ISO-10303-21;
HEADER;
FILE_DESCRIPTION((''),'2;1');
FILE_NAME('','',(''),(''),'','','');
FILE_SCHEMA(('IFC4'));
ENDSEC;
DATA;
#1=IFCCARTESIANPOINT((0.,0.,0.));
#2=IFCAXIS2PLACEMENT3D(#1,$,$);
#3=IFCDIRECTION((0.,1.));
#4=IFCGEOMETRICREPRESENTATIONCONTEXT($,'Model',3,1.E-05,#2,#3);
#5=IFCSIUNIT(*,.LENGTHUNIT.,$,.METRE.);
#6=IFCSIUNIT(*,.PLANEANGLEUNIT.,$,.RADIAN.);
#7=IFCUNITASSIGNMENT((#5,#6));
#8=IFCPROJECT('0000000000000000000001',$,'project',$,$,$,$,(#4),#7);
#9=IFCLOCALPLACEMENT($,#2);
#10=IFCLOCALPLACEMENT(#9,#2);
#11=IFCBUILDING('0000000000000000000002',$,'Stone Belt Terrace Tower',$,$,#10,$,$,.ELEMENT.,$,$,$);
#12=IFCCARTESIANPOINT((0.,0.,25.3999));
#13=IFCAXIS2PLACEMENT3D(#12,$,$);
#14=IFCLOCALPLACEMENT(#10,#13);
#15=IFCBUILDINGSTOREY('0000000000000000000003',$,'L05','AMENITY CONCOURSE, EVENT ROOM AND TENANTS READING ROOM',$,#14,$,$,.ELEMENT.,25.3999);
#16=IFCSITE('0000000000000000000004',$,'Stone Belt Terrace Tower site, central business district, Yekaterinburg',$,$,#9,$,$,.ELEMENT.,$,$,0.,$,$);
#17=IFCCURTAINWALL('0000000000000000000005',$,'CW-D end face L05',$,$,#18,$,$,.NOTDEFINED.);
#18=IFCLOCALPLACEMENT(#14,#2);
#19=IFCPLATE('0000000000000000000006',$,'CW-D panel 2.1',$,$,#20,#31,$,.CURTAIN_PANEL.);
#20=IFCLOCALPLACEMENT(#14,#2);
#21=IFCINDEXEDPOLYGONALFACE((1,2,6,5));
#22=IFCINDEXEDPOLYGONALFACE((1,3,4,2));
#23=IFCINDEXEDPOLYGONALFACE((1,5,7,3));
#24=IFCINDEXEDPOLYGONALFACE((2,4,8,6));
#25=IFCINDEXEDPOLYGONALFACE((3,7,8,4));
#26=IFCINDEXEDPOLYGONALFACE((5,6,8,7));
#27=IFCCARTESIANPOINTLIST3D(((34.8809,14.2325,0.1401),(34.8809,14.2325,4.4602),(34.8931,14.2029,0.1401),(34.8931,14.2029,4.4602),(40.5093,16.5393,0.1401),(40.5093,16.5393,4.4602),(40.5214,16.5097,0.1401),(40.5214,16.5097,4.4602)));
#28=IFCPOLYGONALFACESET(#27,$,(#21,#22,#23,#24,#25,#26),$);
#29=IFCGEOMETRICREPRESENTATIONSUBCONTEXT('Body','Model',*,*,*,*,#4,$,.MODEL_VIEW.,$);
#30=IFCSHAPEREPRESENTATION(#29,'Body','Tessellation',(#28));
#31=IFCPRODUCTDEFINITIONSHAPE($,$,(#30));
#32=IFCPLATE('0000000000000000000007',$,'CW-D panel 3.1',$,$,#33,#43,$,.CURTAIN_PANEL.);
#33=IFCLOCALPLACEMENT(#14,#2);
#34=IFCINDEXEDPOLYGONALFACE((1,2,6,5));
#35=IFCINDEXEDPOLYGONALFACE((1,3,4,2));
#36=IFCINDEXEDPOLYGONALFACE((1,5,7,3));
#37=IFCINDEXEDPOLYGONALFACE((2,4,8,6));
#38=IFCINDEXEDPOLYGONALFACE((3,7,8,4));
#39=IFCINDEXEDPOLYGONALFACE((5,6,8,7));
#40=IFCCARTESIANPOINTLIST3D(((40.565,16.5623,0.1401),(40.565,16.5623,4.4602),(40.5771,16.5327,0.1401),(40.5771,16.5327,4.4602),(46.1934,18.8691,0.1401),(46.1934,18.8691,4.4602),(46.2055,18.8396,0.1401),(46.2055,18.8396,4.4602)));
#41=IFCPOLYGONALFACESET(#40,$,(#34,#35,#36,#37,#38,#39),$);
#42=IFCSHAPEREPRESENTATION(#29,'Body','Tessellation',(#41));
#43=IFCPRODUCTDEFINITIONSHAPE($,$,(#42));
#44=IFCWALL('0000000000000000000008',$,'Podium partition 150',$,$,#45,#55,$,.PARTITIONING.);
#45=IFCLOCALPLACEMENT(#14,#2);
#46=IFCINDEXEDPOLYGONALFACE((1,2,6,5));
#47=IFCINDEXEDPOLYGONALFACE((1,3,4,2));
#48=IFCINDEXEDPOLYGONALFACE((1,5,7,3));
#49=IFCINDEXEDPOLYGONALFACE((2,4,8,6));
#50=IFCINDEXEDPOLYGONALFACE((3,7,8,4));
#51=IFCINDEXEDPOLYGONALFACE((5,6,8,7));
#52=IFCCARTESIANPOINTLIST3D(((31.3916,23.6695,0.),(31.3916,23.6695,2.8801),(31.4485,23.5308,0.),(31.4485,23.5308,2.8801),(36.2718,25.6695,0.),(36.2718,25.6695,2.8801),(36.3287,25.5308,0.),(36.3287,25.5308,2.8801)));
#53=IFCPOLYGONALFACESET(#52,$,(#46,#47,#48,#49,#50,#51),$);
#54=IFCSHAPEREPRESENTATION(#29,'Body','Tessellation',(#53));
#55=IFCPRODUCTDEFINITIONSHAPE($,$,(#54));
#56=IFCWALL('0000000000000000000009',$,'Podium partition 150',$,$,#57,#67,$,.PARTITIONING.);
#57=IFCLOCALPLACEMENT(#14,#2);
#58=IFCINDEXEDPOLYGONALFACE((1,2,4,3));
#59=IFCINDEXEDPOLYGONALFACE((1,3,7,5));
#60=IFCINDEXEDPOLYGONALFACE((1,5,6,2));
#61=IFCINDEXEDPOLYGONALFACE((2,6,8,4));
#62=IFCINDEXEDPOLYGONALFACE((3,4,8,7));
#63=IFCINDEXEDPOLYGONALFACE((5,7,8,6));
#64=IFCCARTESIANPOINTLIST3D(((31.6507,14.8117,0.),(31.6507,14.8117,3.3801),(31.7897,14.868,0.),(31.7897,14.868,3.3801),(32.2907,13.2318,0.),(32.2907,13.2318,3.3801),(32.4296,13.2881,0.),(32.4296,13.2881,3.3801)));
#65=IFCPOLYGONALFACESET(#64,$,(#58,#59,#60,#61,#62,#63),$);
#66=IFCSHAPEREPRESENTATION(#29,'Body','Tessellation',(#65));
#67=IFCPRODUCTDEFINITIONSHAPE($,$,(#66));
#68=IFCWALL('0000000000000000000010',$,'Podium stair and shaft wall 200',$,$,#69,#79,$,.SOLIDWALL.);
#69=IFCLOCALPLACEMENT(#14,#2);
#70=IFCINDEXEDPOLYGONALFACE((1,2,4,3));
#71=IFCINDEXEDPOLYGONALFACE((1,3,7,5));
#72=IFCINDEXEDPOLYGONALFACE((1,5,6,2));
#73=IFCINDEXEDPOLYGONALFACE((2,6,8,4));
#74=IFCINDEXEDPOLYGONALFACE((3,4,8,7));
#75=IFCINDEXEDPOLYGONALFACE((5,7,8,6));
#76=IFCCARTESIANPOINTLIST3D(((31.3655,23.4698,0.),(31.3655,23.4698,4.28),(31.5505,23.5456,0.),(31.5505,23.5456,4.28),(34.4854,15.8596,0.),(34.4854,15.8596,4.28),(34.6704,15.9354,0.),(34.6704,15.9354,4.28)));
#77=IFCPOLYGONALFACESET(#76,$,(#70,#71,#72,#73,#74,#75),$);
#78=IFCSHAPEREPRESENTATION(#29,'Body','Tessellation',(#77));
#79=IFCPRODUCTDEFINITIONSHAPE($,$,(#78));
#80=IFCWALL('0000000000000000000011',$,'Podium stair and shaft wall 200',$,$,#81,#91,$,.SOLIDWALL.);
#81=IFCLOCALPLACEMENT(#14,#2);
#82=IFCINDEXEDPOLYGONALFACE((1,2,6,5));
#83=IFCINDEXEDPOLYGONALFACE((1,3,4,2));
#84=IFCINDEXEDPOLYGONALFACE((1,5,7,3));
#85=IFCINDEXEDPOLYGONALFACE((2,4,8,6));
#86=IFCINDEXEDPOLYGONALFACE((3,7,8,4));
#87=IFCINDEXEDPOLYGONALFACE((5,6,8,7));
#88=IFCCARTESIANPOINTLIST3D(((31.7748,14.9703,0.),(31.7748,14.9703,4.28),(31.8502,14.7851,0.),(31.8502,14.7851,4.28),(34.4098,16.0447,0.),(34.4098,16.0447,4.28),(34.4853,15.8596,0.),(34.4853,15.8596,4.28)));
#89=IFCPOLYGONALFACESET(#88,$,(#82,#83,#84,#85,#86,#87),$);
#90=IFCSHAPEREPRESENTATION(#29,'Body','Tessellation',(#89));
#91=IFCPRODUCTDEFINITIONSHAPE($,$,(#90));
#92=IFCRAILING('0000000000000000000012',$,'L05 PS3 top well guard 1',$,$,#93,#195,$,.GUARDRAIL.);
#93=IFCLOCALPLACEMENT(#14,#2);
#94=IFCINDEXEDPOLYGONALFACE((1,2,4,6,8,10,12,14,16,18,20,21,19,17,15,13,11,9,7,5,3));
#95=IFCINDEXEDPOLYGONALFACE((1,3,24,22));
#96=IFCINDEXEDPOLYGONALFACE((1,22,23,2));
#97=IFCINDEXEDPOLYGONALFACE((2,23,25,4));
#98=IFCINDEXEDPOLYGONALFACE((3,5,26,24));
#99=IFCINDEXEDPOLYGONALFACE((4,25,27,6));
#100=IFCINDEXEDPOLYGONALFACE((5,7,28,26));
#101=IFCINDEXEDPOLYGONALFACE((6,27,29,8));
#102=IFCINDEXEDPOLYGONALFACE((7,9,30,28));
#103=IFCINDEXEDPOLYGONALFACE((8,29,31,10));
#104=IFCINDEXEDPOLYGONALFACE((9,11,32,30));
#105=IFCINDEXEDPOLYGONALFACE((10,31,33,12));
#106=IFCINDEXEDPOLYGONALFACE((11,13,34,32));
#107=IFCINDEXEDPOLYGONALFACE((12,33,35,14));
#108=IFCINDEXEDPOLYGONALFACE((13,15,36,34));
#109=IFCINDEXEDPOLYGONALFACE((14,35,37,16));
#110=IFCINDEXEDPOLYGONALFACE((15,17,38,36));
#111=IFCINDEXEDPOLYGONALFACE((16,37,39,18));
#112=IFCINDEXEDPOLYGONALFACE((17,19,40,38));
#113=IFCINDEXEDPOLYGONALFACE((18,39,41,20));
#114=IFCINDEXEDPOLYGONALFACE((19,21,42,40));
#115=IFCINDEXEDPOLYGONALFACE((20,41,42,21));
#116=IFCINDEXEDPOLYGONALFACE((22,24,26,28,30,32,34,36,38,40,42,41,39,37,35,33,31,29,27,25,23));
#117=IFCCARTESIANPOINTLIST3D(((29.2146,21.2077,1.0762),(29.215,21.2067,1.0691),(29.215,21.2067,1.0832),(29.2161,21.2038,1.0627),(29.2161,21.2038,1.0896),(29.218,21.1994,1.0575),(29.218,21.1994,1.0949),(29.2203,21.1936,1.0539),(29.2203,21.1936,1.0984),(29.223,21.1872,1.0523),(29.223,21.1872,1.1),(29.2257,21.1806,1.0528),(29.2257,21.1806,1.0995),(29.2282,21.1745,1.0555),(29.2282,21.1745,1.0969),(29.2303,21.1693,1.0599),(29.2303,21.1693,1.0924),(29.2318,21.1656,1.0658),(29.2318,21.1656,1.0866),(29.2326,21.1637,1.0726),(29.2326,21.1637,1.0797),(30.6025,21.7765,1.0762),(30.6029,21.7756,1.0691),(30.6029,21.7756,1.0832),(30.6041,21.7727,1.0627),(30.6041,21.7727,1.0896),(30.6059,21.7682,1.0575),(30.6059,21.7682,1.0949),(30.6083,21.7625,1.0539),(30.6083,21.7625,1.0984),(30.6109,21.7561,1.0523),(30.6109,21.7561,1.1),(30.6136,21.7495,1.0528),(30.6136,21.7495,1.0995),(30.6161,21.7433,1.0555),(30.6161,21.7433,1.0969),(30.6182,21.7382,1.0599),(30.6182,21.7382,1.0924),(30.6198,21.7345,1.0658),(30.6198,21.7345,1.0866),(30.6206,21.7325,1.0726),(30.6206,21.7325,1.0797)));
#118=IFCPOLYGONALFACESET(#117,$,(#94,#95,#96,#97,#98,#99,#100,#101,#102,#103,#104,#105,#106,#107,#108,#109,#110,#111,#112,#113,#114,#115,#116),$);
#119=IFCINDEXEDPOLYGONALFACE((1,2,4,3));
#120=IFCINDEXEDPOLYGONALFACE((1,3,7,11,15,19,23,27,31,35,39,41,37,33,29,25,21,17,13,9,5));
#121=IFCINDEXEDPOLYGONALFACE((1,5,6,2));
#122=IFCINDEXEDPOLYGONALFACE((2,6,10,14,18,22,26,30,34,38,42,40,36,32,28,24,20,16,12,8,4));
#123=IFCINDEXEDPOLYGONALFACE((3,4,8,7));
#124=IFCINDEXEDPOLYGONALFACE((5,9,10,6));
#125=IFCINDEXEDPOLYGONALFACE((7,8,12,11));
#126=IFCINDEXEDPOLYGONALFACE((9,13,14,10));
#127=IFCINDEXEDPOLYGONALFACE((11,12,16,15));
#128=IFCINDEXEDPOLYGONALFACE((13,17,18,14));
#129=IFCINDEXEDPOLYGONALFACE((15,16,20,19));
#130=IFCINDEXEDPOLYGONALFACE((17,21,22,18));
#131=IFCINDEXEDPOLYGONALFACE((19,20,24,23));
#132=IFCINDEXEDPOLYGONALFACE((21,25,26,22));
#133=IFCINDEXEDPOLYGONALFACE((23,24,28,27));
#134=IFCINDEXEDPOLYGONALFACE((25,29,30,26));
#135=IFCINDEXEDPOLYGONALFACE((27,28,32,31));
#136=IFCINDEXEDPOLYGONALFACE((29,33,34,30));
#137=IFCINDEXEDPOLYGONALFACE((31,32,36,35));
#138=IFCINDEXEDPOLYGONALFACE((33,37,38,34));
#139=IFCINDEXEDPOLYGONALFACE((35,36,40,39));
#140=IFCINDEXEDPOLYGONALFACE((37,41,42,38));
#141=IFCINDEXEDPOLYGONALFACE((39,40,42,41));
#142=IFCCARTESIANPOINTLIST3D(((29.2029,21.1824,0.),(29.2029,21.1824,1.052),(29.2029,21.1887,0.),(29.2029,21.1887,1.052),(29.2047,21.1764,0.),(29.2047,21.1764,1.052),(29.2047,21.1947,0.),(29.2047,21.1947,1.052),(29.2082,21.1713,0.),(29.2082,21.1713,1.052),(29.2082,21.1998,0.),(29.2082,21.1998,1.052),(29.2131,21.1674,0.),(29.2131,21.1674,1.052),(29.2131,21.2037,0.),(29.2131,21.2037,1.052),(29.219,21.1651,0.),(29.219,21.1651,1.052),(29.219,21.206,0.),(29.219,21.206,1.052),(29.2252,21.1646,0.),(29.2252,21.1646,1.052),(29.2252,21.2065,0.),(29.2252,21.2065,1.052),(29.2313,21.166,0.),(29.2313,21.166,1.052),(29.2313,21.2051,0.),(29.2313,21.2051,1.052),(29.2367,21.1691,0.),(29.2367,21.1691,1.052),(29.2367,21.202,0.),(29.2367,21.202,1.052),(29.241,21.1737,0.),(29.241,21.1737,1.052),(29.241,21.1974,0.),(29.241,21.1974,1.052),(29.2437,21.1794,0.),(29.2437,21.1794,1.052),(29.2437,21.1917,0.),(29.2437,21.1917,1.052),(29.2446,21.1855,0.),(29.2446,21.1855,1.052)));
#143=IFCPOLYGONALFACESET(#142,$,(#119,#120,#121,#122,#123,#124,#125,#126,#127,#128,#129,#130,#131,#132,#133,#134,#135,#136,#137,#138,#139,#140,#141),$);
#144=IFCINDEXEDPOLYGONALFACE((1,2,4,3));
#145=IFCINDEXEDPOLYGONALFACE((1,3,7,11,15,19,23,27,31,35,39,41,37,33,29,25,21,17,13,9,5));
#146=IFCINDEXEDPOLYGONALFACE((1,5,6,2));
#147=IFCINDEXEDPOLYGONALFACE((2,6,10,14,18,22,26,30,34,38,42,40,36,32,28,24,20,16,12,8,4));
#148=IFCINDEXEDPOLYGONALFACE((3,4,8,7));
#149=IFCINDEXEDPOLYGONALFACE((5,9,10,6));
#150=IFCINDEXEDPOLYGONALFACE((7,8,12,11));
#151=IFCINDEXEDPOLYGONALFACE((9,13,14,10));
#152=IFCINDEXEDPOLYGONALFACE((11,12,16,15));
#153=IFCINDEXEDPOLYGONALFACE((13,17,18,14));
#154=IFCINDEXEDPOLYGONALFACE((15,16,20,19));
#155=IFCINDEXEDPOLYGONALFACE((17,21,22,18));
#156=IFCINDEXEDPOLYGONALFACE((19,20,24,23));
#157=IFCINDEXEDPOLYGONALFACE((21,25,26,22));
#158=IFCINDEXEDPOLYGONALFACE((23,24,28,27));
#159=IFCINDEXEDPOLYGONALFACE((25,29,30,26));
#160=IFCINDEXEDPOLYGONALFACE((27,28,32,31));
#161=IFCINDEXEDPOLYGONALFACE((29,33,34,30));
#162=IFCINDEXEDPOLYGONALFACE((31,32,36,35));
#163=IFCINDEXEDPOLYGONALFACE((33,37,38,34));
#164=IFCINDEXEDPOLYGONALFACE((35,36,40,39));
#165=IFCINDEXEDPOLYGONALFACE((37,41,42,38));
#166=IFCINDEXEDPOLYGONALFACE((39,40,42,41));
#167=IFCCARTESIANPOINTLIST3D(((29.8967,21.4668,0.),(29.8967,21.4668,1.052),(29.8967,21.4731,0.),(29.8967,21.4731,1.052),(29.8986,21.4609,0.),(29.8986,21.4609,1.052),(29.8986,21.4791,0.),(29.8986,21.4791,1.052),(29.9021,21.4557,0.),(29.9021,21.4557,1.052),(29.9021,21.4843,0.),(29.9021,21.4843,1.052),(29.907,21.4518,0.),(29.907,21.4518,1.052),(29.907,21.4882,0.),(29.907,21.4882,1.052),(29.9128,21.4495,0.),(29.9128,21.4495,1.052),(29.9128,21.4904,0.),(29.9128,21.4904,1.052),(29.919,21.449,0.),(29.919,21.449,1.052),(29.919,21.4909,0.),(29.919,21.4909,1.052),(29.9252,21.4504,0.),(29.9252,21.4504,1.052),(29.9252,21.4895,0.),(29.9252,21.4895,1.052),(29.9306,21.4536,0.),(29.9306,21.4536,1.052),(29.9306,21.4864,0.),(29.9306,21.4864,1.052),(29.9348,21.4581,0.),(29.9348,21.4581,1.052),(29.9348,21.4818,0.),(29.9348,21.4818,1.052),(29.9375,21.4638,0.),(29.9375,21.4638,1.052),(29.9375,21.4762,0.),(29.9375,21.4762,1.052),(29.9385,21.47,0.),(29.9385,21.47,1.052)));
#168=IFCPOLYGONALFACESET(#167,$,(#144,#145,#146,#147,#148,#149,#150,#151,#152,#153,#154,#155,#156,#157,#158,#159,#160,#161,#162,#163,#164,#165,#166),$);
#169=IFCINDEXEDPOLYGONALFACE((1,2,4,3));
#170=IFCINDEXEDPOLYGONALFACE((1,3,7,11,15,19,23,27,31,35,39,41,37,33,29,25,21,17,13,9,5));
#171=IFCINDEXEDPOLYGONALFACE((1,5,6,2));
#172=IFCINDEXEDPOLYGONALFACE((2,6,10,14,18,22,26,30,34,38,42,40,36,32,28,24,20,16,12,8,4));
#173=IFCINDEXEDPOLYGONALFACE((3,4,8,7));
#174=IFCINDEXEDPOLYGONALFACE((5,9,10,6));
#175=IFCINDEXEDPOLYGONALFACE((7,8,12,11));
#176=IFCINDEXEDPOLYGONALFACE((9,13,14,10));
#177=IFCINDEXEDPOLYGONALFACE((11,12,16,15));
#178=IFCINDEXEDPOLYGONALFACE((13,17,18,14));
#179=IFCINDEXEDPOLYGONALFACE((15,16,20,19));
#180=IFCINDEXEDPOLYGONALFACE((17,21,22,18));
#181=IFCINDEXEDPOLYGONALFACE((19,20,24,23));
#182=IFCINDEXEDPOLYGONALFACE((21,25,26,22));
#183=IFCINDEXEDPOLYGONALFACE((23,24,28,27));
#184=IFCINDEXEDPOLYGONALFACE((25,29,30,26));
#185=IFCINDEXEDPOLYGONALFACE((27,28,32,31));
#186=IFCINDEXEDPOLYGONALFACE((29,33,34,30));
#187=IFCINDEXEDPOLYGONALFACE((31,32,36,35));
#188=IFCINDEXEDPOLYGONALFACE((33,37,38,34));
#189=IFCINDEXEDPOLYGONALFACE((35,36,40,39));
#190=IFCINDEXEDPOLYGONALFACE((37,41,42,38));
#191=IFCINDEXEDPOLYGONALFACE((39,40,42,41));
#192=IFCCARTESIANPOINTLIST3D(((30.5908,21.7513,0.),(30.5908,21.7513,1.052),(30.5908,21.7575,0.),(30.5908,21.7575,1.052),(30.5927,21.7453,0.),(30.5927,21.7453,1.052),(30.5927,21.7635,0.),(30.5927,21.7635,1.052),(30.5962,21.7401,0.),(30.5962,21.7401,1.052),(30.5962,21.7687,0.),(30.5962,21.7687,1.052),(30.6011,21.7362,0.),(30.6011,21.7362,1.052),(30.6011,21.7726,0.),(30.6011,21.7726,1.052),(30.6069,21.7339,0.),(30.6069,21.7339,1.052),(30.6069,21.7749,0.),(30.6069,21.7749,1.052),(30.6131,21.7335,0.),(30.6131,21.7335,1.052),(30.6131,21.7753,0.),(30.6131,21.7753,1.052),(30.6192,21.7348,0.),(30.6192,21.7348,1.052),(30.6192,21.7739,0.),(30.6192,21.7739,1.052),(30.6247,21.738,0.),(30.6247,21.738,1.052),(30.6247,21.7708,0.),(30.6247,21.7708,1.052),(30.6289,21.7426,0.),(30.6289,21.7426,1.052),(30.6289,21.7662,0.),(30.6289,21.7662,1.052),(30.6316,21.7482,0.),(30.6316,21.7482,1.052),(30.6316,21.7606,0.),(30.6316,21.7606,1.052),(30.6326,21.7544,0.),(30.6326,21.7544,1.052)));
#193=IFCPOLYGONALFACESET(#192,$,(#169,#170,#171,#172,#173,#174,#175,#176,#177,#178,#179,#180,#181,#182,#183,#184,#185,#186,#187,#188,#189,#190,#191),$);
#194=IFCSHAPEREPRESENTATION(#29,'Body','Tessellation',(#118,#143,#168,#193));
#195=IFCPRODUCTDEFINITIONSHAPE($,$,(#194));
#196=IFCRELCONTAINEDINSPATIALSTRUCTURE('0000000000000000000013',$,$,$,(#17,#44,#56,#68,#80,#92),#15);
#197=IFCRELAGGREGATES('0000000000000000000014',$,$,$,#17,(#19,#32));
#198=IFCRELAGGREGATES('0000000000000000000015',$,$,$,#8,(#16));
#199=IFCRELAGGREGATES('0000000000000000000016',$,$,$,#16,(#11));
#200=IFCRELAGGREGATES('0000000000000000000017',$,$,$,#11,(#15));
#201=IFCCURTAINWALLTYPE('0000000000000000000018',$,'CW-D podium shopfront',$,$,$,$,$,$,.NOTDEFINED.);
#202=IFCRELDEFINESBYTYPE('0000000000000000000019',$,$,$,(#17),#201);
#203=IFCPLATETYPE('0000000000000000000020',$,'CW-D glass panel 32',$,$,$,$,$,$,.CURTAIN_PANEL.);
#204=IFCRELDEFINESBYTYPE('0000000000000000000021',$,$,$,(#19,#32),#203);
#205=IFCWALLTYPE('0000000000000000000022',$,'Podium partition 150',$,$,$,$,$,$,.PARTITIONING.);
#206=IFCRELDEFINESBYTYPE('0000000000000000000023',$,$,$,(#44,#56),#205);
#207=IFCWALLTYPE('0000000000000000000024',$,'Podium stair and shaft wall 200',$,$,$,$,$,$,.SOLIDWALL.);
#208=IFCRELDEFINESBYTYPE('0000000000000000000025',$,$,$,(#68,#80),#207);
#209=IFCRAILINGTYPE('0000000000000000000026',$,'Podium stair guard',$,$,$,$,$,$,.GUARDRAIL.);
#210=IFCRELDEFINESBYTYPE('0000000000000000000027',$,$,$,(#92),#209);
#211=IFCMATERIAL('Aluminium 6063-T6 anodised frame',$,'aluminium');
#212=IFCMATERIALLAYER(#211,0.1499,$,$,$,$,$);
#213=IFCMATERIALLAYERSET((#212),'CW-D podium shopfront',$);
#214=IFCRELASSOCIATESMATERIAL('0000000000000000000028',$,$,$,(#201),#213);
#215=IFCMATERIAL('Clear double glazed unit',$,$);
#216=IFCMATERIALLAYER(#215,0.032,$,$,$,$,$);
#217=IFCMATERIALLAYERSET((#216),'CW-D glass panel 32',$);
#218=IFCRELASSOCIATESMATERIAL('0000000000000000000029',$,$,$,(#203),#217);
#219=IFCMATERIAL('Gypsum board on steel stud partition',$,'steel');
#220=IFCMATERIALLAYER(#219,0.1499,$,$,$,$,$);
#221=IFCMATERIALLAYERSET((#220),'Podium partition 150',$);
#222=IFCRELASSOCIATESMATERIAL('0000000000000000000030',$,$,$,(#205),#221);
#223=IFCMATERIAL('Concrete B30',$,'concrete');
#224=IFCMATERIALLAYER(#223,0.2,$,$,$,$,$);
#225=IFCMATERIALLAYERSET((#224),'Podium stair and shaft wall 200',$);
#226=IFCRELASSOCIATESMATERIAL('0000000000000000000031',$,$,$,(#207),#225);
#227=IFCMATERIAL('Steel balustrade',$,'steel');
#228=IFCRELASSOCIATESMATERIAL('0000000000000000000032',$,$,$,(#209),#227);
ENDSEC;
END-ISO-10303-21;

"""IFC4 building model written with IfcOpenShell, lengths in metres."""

from ifc_helpers import new_model, si_unit, direction, frame, frame_2d, origin, origin_2d, place, context, subcontext, project, spatial, rectangle, circle, extrude, material, layer, layer_set, type_object, element, aggregate, save


model = new_model("IFC4")

# Units and contexts
model_context = context("Model", 3, precision=1e-05, world=origin(), true_north=direction((0.0, 1.0)))
body_context = subcontext(model_context, "Body", "Model", "MODEL_VIEW")
ifc_project = project(units=[si_unit("LENGTHUNIT", "METRE"), si_unit("PLANEANGLEUNIT", "RADIAN")], contexts=[model_context])

# Site, building, storey
site_placement = place(None, origin())
site = spatial("IfcSite", under=ifc_project, at=site_placement, Name="Stone Belt Terrace Tower site, central business district, Yekaterinburg", CompositionType="ELEMENT", RefElevation=0.0)
building_placement = place(site_placement, origin())
building = spatial("IfcBuilding", under=site, at=building_placement, Name="Stone Belt Terrace Tower", CompositionType="ELEMENT")
storey_placement = place(building_placement, frame((0.0, 0.0, 25.3999)))
storey = spatial("IfcBuildingStorey", under=building, at=storey_placement, Name="L05", Description="AMENITY CONCOURSE, EVENT ROOM AND TENANTS READING ROOM", CompositionType="ELEMENT", Elevation=25.3999)

# Curtain wall
ifc_material_1 = material(Name="Aluminium 6063-T6 anodised frame", Category="aluminium")
ifc_layer_1 = layer(ifc_material_1, 0.1499)
ifc_layer_set_1 = layer_set([ifc_layer_1], Name="CW-D podium shopfront")
curtain_wall_type = type_object("IfcCurtainWallType", Name="CW-D podium shopfront", PredefinedType="NOTDEFINED", material=ifc_layer_set_1)
curtain_wall_placement = place(storey_placement, origin())
curtain_wall = element("IfcCurtainWall", 1, at=curtain_wall_placement, inside=storey, type_object=curtain_wall_type, Name="CW-D end face L05", PredefinedType="NOTDEFINED")

# Plates
ifc_material_2 = material(Name="Clear double glazed unit")
ifc_layer_2 = layer(ifc_material_2, 0.032)
ifc_layer_set_2 = layer_set([ifc_layer_2], Name="CW-D glass panel 32")
plate_type = type_object("IfcPlateType", Name="CW-D glass panel 32", PredefinedType="CURTAIN_PANEL", material=ifc_layer_set_2)
plate_1_placement = place(storey_placement, frame((37.7012, 15.3711, 0.1401), z_axis=(0.0, 0.0, 1.0), x_axis=(0.925297, 0.379243, 0.0)))
plate_1 = element("IfcPlate", 2, at=plate_1_placement, type_object=plate_type, Name="CW-D panel 2.1", PredefinedType="CURTAIN_PANEL", context=body_context, shape_type="SweptSolid", body=[
    extrude(rectangle(XDim=6.0828, YDim=0.032, at=origin_2d()), origin(), (0.0, 0.0, 1.0), 4.3201),
])
plate_2_placement = place(storey_placement, frame((43.3853, 17.7009, 0.1401), z_axis=(0.0, 0.0, 1.0), x_axis=(0.925297, 0.379243, 0.0)))
plate_2 = element("IfcPlate", 3, at=plate_2_placement, type_object=plate_type, Name="CW-D panel 3.1", PredefinedType="CURTAIN_PANEL", context=body_context, shape_type="SweptSolid", body=[
    extrude(rectangle(XDim=6.0828, YDim=0.032, at=origin_2d()), origin(), (0.0, 0.0, 1.0), 4.3201),
])
aggregate(curtain_wall, [plate_1, plate_2])

# Walls
ifc_material_3 = material(Name="Gypsum board on steel stud partition", Category="steel")
ifc_layer_3 = layer(ifc_material_3, 0.1499)
ifc_layer_set_3 = layer_set([ifc_layer_3], Name="Podium partition 150")
wall_type_1 = type_object("IfcWallType", Name="Podium partition 150", PredefinedType="PARTITIONING", material=ifc_layer_set_3)
wall_1_placement = place(storey_placement, frame((31.4199, 23.6001, 0.0), z_axis=(0.0, 0.0, 1.0), x_axis=(0.925309, 0.379215, 0.0)))
element("IfcWall", 4, at=wall_1_placement, inside=storey, type_object=wall_type_1, Name="Podium partition 150", PredefinedType="PARTITIONING", context=body_context, shape_type="SweptSolid", body=[
    extrude(rectangle(XDim=5.2742, YDim=0.1499, at=frame_2d((2.6372, 0.0))), origin(), (0.0, 0.0, 1.0), 2.8801),
])
wall_2_placement = place(storey_placement, frame((31.7202, 14.8398, 0.0), z_axis=(0.0, 0.0, 1.0), x_axis=(0.375413, -0.926858, 0.0)))
element("IfcWall", 5, at=wall_2_placement, inside=storey, type_object=wall_type_1, Name="Podium partition 150", PredefinedType="PARTITIONING", context=body_context, shape_type="SweptSolid", body=[
    extrude(rectangle(XDim=1.7046, YDim=0.1499, at=frame_2d((0.8523, 0.0))), origin(), (0.0, 0.0, 1.0), 3.3801),
])
ifc_material_4 = material(Name="Concrete B30", Category="concrete")
ifc_layer_4 = layer(ifc_material_4, 0.2)
ifc_layer_set_4 = layer_set([ifc_layer_4], Name="Podium stair and shaft wall 200")
wall_type_2 = type_object("IfcWallType", Name="Podium stair and shaft wall 200", PredefinedType="SOLIDWALL", material=ifc_layer_set_4)
wall_3_placement = place(storey_placement, frame((31.458, 23.5076, 0.0), z_axis=(0.0, 0.0, 1.0), x_axis=(0.379325, -0.925263, 0.0)))
element("IfcWall", 6, at=wall_3_placement, inside=storey, type_object=wall_type_2, Name="Podium stair and shaft wall 200", PredefinedType="SOLIDWALL", context=body_context, shape_type="SweptSolid", body=[
    extrude(rectangle(XDim=8.2249, YDim=0.2, at=frame_2d((4.1123, 0.0))), origin(), (0.0, 0.0, 1.0), 4.28),
])
wall_4_placement = place(storey_placement, frame((31.8125, 14.8777, 0.0), z_axis=(0.0, 0.0, 1.0), x_axis=(0.925977, 0.37758, 0.0)))
element("IfcWall", 7, at=wall_4_placement, inside=storey, type_object=wall_type_2, Name="Podium stair and shaft wall 200", PredefinedType="SOLIDWALL", context=body_context, shape_type="SweptSolid", body=[
    extrude(rectangle(XDim=2.8457, YDim=0.2, at=frame_2d((1.4229, 0.0))), origin(), (0.0, 0.0, 1.0), 4.28),
])

# Railing
ifc_material_5 = material(Name="Steel balustrade", Category="steel")
railing_type = type_object("IfcRailingType", Name="Podium stair guard", PredefinedType="GUARDRAIL", material=ifc_material_5)
railing_placement = place(storey_placement, frame((29.2236, 21.1855, 0.0)))
element("IfcRailing", 8, at=railing_placement, inside=storey, type_object=railing_type, Name="L05 PS3 top well guard 1", PredefinedType="GUARDRAIL", context=body_context, shape_type="SweptSolid", body=[
    extrude(circle(Radius=0.0239, at=origin_2d()), frame((0.0, 0.0, 1.0762), z_axis=(0.9253, 0.379235, 0.0), x_axis=(-0.379235, 0.9253, 0.0)), (0.0, 0.0, 1.0), 1.5),
    extrude(circle(Radius=0.021, at=origin_2d()), origin(), (0.0, 0.0, 1.0), 1.052),
    extrude(circle(Radius=0.021, at=origin_2d()), frame((0.6938, 0.2844, 0.0)), (0.0, 0.0, 1.0), 1.052),
    extrude(circle(Radius=0.021, at=origin_2d()), frame((1.3879, 0.5688, 0.0)), (0.0, 0.0, 1.0), 1.052),
])

save(model, "model.ifc")
